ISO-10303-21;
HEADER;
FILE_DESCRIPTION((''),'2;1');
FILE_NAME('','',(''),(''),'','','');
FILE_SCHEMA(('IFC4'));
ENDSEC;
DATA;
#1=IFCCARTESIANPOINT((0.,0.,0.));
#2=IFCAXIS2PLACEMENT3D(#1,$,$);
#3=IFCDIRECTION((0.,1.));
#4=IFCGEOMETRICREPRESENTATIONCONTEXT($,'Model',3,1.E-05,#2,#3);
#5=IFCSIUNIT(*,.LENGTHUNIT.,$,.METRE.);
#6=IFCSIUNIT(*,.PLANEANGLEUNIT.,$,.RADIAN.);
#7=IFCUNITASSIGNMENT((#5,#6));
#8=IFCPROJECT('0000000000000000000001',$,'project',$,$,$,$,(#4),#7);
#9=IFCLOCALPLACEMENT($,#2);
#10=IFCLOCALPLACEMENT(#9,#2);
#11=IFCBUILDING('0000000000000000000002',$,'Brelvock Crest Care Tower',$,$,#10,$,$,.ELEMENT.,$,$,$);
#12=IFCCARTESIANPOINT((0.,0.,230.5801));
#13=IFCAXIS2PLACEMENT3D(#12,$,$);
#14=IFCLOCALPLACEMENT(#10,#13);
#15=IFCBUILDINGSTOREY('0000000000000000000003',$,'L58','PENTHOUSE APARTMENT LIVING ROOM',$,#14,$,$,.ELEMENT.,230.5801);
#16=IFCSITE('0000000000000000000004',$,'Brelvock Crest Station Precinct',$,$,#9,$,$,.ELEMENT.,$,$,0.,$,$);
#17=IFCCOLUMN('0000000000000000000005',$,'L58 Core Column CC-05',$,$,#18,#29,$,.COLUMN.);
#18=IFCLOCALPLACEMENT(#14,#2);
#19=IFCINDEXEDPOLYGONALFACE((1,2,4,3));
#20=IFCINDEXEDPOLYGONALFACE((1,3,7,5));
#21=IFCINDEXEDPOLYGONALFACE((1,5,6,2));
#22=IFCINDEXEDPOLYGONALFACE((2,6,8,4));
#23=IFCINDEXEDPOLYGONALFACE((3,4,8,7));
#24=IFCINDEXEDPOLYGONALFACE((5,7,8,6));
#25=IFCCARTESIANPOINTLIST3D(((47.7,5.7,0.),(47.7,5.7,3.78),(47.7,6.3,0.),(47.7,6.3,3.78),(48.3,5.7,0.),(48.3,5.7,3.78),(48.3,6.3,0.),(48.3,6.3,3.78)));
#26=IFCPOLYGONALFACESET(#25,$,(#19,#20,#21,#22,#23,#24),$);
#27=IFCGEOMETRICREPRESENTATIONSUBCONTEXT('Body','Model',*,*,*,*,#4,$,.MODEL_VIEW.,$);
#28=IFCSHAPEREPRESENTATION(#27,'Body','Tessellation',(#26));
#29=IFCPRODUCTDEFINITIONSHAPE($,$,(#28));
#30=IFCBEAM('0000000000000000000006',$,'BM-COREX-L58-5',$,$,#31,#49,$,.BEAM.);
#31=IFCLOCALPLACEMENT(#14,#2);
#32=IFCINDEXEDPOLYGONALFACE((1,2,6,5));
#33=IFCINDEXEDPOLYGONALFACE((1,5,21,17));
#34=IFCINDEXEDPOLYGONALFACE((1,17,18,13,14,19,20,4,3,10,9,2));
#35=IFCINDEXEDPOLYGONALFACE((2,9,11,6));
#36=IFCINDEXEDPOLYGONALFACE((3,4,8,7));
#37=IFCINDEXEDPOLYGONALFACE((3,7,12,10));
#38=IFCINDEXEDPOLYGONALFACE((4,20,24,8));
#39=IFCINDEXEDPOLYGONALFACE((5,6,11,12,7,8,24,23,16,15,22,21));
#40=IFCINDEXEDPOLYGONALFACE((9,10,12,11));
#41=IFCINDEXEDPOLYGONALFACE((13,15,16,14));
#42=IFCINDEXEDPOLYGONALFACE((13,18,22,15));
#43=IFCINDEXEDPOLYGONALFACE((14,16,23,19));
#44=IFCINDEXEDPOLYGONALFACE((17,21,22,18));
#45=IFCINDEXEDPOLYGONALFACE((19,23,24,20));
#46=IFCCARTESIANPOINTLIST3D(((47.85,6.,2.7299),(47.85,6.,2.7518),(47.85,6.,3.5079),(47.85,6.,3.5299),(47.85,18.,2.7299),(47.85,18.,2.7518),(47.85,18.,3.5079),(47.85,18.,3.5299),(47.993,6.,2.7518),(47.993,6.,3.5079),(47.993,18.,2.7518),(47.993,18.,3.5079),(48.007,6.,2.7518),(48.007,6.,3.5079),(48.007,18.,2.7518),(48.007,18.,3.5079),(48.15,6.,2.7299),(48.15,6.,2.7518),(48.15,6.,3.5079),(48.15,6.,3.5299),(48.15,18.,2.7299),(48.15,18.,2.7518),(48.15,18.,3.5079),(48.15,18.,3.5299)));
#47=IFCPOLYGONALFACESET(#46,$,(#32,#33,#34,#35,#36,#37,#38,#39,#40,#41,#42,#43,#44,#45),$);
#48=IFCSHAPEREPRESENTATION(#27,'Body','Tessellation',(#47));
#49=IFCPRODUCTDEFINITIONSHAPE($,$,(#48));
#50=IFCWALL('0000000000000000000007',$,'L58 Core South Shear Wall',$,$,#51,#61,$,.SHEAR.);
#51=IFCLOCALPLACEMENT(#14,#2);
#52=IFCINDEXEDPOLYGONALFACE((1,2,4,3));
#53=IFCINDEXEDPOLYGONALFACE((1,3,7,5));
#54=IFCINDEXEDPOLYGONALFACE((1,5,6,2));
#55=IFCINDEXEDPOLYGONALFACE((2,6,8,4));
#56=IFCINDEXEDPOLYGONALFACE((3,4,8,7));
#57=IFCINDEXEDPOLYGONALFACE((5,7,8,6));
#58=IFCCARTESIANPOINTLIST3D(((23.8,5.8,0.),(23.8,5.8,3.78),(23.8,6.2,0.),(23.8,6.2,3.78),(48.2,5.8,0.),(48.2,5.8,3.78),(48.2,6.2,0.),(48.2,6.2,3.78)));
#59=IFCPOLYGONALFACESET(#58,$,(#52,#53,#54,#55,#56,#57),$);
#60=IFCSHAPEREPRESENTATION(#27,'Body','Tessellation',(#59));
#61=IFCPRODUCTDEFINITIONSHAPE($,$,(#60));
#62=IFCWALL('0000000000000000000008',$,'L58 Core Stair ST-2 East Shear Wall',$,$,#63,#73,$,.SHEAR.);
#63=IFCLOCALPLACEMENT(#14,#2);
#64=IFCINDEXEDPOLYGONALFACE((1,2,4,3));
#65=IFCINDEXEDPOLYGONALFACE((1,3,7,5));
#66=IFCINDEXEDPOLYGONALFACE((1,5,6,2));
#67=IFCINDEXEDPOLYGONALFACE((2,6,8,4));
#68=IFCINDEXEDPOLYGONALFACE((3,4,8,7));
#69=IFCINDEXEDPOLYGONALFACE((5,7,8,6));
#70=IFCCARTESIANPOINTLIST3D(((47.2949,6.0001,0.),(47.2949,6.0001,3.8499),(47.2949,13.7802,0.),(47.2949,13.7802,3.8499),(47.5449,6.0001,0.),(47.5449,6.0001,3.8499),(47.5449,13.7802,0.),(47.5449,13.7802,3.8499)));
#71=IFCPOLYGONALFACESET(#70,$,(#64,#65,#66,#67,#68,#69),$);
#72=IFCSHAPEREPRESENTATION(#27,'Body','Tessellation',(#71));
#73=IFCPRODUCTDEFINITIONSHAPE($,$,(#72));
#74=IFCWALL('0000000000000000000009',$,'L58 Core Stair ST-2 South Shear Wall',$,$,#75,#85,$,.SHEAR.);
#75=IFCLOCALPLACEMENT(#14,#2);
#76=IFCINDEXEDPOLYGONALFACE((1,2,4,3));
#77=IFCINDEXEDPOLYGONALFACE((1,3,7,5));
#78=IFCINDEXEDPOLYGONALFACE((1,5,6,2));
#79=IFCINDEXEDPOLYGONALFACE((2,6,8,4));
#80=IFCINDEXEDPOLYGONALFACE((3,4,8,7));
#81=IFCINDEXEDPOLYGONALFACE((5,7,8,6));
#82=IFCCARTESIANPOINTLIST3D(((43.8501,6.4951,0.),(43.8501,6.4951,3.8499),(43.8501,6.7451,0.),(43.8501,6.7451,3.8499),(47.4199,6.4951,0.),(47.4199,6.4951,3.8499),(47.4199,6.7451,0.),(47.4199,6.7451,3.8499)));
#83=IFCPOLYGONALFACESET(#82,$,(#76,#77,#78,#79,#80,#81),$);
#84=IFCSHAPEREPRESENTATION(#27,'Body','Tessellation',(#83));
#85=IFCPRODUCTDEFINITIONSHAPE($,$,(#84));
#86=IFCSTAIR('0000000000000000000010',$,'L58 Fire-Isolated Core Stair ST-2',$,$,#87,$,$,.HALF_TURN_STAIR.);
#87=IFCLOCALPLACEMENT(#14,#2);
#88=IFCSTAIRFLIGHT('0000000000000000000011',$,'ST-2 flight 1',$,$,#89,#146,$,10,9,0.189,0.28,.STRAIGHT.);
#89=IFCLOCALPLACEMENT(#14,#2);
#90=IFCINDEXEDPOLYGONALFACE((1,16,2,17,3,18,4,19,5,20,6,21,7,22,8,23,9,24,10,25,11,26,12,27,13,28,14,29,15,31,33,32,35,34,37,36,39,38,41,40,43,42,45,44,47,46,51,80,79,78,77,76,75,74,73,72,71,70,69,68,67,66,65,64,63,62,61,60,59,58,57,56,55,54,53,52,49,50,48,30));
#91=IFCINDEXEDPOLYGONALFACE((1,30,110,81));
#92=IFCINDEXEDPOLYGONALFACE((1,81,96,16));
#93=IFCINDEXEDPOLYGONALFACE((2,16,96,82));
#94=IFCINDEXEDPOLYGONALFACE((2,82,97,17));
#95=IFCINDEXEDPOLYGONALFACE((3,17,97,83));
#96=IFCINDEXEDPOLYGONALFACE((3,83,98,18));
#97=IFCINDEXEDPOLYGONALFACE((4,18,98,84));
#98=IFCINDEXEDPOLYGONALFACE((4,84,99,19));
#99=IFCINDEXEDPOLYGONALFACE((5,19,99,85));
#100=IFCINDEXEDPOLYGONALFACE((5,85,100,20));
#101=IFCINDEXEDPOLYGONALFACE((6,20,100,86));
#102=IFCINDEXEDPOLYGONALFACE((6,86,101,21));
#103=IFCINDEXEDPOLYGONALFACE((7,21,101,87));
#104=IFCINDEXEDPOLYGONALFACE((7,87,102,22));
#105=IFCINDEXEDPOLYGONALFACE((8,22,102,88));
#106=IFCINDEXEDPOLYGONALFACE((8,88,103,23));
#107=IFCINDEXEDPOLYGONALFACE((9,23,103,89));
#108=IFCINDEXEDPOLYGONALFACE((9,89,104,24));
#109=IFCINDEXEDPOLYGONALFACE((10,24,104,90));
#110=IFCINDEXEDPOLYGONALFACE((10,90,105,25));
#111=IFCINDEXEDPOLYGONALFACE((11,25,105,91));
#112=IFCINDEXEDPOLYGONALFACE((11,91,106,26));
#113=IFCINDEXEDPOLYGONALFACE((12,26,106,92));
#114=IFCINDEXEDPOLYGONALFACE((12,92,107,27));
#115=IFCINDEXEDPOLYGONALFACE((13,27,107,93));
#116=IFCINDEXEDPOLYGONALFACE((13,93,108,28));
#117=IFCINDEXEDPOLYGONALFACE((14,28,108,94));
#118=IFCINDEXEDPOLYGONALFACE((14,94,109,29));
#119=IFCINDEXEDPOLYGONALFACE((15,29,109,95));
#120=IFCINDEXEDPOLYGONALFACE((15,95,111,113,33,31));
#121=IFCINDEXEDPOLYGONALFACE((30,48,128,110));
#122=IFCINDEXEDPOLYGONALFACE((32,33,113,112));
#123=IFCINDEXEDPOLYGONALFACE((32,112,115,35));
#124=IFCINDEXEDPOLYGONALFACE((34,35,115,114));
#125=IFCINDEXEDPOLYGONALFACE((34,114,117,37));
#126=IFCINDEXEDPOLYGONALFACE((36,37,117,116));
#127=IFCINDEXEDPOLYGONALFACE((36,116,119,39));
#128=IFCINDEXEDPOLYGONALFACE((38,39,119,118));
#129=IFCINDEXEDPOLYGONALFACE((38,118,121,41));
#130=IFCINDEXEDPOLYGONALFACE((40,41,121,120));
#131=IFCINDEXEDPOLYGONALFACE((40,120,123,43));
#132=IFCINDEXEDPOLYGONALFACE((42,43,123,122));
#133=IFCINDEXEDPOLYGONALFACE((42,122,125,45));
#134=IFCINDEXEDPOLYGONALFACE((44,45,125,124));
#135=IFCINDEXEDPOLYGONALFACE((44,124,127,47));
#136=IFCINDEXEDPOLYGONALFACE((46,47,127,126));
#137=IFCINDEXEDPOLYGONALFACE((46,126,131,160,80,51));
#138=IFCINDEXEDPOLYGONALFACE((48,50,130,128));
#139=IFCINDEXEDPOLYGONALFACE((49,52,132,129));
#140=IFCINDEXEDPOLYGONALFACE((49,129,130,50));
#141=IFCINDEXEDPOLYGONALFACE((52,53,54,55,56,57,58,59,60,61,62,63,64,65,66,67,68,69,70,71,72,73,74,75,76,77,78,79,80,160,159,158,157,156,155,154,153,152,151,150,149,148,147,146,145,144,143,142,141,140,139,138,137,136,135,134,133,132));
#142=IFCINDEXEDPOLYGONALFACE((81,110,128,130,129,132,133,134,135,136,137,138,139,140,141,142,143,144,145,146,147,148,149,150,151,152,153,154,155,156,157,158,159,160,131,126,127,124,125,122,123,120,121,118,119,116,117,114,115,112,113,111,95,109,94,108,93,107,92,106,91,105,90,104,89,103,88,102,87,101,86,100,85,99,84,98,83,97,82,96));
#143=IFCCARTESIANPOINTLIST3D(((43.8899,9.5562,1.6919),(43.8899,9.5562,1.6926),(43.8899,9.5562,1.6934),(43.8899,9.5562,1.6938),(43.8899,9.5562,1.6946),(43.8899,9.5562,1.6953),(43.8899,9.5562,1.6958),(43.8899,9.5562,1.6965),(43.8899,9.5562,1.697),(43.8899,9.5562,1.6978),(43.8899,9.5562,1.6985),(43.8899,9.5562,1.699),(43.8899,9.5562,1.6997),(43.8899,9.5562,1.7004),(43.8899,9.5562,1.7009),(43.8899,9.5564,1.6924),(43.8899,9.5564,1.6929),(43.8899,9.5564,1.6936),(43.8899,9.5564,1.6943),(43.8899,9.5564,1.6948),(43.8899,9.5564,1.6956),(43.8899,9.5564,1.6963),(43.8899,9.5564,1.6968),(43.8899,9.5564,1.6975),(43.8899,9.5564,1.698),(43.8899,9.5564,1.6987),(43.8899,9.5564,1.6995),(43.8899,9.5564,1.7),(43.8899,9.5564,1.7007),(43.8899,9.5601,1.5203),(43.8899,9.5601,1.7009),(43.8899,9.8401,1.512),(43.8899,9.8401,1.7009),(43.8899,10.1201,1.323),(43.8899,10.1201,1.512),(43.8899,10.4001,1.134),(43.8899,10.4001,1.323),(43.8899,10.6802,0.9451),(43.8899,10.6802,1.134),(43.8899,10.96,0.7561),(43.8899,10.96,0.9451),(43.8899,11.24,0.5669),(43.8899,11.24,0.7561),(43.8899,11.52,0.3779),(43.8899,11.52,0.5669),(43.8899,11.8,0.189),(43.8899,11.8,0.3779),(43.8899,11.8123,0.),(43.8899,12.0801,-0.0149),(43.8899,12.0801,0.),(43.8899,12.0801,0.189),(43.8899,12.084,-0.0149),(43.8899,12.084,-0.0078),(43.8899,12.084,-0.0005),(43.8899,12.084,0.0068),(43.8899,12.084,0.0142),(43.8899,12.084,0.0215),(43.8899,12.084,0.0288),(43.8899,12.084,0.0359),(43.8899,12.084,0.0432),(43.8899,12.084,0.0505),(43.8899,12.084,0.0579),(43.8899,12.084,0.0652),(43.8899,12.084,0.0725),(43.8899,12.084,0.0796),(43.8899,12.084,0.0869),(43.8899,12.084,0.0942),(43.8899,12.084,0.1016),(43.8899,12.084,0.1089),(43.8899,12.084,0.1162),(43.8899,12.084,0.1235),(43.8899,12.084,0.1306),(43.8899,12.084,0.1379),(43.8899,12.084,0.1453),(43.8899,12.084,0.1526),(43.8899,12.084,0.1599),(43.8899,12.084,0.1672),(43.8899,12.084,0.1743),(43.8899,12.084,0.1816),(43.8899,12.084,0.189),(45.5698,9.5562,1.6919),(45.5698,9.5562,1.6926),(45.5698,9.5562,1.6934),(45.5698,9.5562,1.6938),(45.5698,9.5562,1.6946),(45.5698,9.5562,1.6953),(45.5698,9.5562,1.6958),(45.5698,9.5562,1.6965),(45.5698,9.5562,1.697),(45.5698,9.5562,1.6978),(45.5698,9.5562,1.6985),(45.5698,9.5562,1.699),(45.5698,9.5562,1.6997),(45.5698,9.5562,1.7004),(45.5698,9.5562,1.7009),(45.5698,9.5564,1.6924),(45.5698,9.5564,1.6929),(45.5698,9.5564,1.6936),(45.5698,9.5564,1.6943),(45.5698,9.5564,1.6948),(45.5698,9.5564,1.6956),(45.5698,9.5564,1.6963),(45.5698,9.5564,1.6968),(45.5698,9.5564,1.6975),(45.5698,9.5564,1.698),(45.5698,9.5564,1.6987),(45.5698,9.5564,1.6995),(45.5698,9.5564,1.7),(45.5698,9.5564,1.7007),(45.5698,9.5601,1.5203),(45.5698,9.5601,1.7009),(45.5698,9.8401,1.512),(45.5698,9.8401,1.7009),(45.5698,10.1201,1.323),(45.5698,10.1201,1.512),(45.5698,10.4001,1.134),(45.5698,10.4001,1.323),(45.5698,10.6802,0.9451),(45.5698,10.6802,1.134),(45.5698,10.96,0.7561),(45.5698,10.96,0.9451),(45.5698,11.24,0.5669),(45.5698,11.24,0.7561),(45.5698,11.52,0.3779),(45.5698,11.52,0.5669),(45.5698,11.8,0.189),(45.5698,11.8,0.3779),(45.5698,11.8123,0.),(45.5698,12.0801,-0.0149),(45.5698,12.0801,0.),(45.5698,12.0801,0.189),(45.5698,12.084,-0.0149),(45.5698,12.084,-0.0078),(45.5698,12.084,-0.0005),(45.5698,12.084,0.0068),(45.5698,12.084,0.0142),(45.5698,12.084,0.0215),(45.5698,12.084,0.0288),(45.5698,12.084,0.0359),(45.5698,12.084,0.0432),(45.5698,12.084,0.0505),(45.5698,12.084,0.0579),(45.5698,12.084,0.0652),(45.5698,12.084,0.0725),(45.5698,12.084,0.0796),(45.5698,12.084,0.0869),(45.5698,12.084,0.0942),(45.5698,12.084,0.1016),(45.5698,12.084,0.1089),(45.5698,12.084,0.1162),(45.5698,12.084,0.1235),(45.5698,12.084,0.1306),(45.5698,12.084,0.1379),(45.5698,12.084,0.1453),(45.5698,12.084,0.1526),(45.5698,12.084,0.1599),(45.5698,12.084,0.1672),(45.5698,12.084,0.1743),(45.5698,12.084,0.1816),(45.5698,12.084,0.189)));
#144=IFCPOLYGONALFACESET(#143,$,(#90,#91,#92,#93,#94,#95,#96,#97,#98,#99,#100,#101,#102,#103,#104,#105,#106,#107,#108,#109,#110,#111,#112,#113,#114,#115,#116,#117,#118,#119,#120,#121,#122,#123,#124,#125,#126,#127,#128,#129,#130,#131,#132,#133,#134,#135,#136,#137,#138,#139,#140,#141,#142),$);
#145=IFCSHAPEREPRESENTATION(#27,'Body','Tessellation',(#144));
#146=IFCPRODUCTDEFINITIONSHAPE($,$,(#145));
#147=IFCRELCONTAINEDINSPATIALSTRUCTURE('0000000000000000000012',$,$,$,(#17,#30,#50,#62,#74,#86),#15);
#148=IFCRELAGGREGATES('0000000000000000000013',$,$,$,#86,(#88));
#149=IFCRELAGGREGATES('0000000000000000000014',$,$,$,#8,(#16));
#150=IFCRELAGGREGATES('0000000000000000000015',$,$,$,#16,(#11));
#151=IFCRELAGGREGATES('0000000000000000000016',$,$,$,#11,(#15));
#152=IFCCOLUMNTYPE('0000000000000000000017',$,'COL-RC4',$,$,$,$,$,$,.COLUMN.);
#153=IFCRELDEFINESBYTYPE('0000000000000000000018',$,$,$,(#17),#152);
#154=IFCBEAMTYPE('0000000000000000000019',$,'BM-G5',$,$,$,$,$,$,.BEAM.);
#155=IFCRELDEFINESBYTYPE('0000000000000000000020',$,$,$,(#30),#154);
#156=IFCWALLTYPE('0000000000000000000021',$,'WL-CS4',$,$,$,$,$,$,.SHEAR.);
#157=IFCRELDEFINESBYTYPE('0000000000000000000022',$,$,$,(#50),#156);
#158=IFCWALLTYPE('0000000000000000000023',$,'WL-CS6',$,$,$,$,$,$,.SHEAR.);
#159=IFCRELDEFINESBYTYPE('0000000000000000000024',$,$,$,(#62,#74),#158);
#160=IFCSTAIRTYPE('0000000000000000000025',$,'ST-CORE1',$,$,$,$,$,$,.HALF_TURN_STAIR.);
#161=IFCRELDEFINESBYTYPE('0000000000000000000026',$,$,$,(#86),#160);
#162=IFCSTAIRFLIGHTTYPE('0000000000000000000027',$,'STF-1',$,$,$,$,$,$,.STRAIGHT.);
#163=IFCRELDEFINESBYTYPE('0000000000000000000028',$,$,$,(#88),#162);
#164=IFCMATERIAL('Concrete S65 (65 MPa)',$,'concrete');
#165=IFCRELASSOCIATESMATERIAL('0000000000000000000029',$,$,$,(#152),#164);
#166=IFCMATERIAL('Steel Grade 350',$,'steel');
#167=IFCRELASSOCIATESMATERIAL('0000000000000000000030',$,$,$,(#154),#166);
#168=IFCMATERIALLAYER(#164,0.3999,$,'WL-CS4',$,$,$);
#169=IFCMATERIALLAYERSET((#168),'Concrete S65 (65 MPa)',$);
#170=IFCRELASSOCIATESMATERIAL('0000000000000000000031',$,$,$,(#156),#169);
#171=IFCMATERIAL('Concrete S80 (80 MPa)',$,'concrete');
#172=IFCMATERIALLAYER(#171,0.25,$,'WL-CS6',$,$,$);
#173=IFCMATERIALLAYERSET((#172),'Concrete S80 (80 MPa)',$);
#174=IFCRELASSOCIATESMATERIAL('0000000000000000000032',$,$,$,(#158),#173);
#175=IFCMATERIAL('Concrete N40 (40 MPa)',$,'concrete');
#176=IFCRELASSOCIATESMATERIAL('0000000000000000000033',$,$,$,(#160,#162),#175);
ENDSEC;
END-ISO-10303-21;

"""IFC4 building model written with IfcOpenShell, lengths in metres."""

from ifc_helpers import new_model, si_unit, direction, frame, frame_2d, origin, origin_2d, place, context, subcontext, project, spatial, polyline, rectangle, i_section, outline, extrude, source, transform, mapped, material, layer, layer_set, material_profile, profile_set, type_object, element, aggregate, save


model = new_model("IFC4")

# Units and contexts
model_context = context("Model", 3, precision=1e-05, world=origin(), true_north=direction((0.0, 1.0)))
body_context = subcontext(model_context, "Body", "Model", "MODEL_VIEW")
ifc_project = project(units=[si_unit("LENGTHUNIT", "METRE"), si_unit("PLANEANGLEUNIT", "RADIAN")], contexts=[model_context])

# Site, building, storey
site_placement = place(None, origin())
site = spatial("IfcSite", under=ifc_project, at=site_placement, Name="Brelvock Crest Station Precinct", CompositionType="ELEMENT", RefElevation=0.0)
building_placement = place(site_placement, origin())
building = spatial("IfcBuilding", under=site, at=building_placement, Name="Brelvock Crest Care Tower", CompositionType="ELEMENT")
storey_placement = place(building_placement, frame((0.0, 0.0, 230.5801)))
storey = spatial("IfcBuildingStorey", under=building, at=storey_placement, Name="L58", Description="PENTHOUSE APARTMENT LIVING ROOM", CompositionType="ELEMENT", Elevation=230.5801)

# Column
ifc_material_1 = material(Name="Concrete S65 (65 MPa)", Category="concrete")
ifc_material_profile_1 = material_profile(ifc_material_1, rectangle(XDim=0.6001, YDim=0.6001, at=origin_2d()), Name="RC600x600")
ifc_profile_set_1 = profile_set([ifc_material_profile_1], Name="Concrete S65 (65 MPa)")
column_type = type_object("IfcColumnType", Name="COL-RC4", PredefinedType="COLUMN", material=ifc_profile_set_1)
shared_shape_1 = source(origin(), body_context, "Body", "SweptSolid", [
    extrude(rectangle(XDim=0.6001, YDim=0.6001, at=origin_2d()), origin(), (0.0, 0.0, 1.0), 3.78),
])
column_placement = place(storey_placement, frame((48.0, 6.0, 0.0), z_axis=(0.0, 0.0, 1.0), x_axis=(1.0, 0.0, 0.0)))
element("IfcColumn", 1, at=column_placement, inside=storey, type_object=column_type, Name="L58 Core Column CC-05", PredefinedType="COLUMN", context=body_context, shape_type="MappedRepresentation", body=[
    mapped(shared_shape_1, transform((0.0, 0.0, 0.0), x_axis=(1.0, 0.0, 0.0), y_axis=(0.0, 1.0, 0.0), z_axis=(0.0, 0.0, 1.0), scale=1.0)),
])

# Beam
ifc_material_2 = material(Name="Steel Grade 350", Category="steel")
ifc_material_profile_2 = material_profile(ifc_material_2, i_section(OverallWidth=0.3, OverallDepth=0.8, WebThickness=0.0139, FlangeThickness=0.022, at=origin_2d()), Name="800WB192")
ifc_profile_set_2 = profile_set([ifc_material_profile_2], Name="Steel Grade 350")
beam_type = type_object("IfcBeamType", Name="BM-G5", PredefinedType="BEAM", material=ifc_profile_set_2)
shared_shape_2 = source(origin(), body_context, "Body", "SweptSolid", [
    extrude(i_section(OverallWidth=0.3, OverallDepth=0.8, WebThickness=0.0139, FlangeThickness=0.022, at=origin_2d()), origin(), (0.0, 0.0, 1.0), 12.0),
])
beam_placement = place(storey_placement, frame((48.0, 6.0, 3.1299), z_axis=(0.0, 1.0, 0.0), x_axis=(-1.0, 0.0, 0.0)))
element("IfcBeam", 2, at=beam_placement, inside=storey, type_object=beam_type, Name="BM-COREX-L58-5", PredefinedType="BEAM", context=body_context, shape_type="MappedRepresentation", body=[
    mapped(shared_shape_2, transform((0.0, 0.0, 0.0), x_axis=(1.0, 0.0, 0.0), y_axis=(0.0, 1.0, 0.0), z_axis=(0.0, 0.0, 1.0), scale=1.0)),
])

# Walls
ifc_layer_1 = layer(ifc_material_1, 0.3999, Name="WL-CS4")
ifc_layer_set_1 = layer_set([ifc_layer_1], Name="Concrete S65 (65 MPa)")
wall_type_1 = type_object("IfcWallType", Name="WL-CS4", PredefinedType="SHEAR", material=ifc_layer_set_1)
wall_1_placement = place(storey_placement, frame((48.2, 6.0, 0.0), z_axis=(0.0, 0.0, 1.0), x_axis=(-1.0, 0.0, 0.0)))
element("IfcWall", 3, at=wall_1_placement, inside=storey, type_object=wall_type_1, Name="L58 Core South Shear Wall", PredefinedType="SHEAR", context=body_context, shape_type="SweptSolid", body=[
    extrude(rectangle(XDim=24.3999, YDim=0.3999, at=frame_2d((12.2, 0.0))), origin(), (0.0, 0.0, 1.0), 3.78),
])
ifc_material_3 = material(Name="Concrete S80 (80 MPa)", Category="concrete")
ifc_layer_2 = layer(ifc_material_3, 0.25, Name="WL-CS6")
ifc_layer_set_2 = layer_set([ifc_layer_2], Name="Concrete S80 (80 MPa)")
wall_type_2 = type_object("IfcWallType", Name="WL-CS6", PredefinedType="SHEAR", material=ifc_layer_set_2)
wall_2_placement = place(storey_placement, frame((47.4199, 6.0, 0.0), z_axis=(0.0, 0.0, 1.0), x_axis=(0.0, 1.0, 0.0)))
element("IfcWall", 4, at=wall_2_placement, inside=storey, type_object=wall_type_2, Name="L58 Core Stair ST-2 East Shear Wall", PredefinedType="SHEAR", context=body_context, shape_type="SweptSolid", body=[
    extrude(rectangle(XDim=7.78, YDim=0.25, at=frame_2d((3.8901, 0.0))), origin(), (0.0, 0.0, 1.0), 3.8499),
])
wall_3_placement = place(storey_placement, frame((43.8501, 6.6201, 0.0), z_axis=(0.0, 0.0, 1.0), x_axis=(1.0, 0.0, 0.0)))
element("IfcWall", 5, at=wall_3_placement, inside=storey, type_object=wall_type_2, Name="L58 Core Stair ST-2 South Shear Wall", PredefinedType="SHEAR", context=body_context, shape_type="SweptSolid", body=[
    extrude(rectangle(XDim=3.5698, YDim=0.25, at=frame_2d((1.7849, 0.0))), origin(), (0.0, 0.0, 1.0), 3.8499),
])

# Stair, stair flight
ifc_material_4 = material(Name="Concrete N40 (40 MPa)", Category="concrete")
stair_type = type_object("IfcStairType", Name="ST-CORE1", PredefinedType="HALF_TURN_STAIR", material=ifc_material_4)
stair_placement = place(storey_placement, origin())
stair = element("IfcStair", 6, at=stair_placement, inside=storey, type_object=stair_type, Name="L58 Fire-Isolated Core Stair ST-2", PredefinedType="HALF_TURN_STAIR")
stair_flight_type = type_object("IfcStairFlightType", Name="STF-1", PredefinedType="STRAIGHT", material=ifc_material_4)
stair_flight_1_placement = place(storey_placement, frame((44.73, 12.0801, 0.0), z_axis=(0.0, 0.0, 1.0), x_axis=(0.0, -1.0, 0.0)))
stair_flight_1 = element("IfcStairFlight", 7, at=stair_flight_1_placement, type_object=stair_flight_type, Name="ST-2 flight 1", NumberOfRisers=10, NumberOfTreads=9, PredefinedType="STRAIGHT", RiserHeight=0.189, TreadLength=0.28, context=body_context, shape_type="SweptSolid", body=[
    extrude(outline(polyline([(-0.0039, -0.0149), (-0.0039, -0.0078), (-0.0039, -0.0005), (-0.0039, 0.0068), (-0.0039, 0.0142), (-0.0039, 0.0215), (-0.0039, 0.0288), (-0.0039, 0.0359), (-0.0039, 0.0432), (-0.0039, 0.0505), (-0.0039, 0.0579), (-0.0039, 0.0652), (-0.0039, 0.0725), (-0.0039, 0.0796), (-0.0039, 0.0869), (-0.0039, 0.0942), (-0.0039, 0.1016), (-0.0039, 0.1089), (-0.0039, 0.1162), (-0.0039, 0.1235), (-0.0039, 0.1306), (-0.0039, 0.1379), (-0.0039, 0.1453), (-0.0039, 0.1526), (-0.0039, 0.1599), (-0.0039, 0.1672), (-0.0039, 0.1743), (-0.0039, 0.1816), (-0.0039, 0.189), (0.0, 0.189), (0.28, 0.189), (0.28, 0.3779), (0.5601, 0.3779), (0.5601, 0.5669), (0.8401, 0.5669), (0.8401, 0.7561), (1.1201, 0.7561), (1.1201, 0.9451), (1.3999, 0.9451), (1.3999, 1.134), (1.6799, 1.134), (1.6799, 1.323), (1.96, 1.323), (1.96, 1.512), (2.24, 1.512), (2.24, 1.7009), (2.52, 1.7009), (2.5239, 1.7009), (2.5237, 1.7007), (2.5239, 1.7004), (2.5237, 1.7), (2.5239, 1.6997), (2.5237, 1.6995), (2.5239, 1.699), (2.5237, 1.6987), (2.5239, 1.6985), (2.5237, 1.698), (2.5239, 1.6978), (2.5237, 1.6975), (2.5239, 1.697), (2.5237, 1.6968), (2.5239, 1.6965), (2.5237, 1.6963), (2.5239, 1.6958), (2.5237, 1.6956), (2.5239, 1.6953), (2.5237, 1.6948), (2.5239, 1.6946), (2.5237, 1.6943), (2.5239, 1.6938), (2.5237, 1.6936), (2.5239, 1.6934), (2.5237, 1.6929), (2.5239, 1.6926), (2.5237, 1.6924), (2.5239, 1.6919), (2.52, 1.5203), (0.2678, 0.0), (0.0, 0.0), (0.0, -0.0149), (-0.0039, -0.0149)])), frame((0.0, 0.8398, 0.0), z_axis=(0.0, -1.0, 0.0), x_axis=(1.0, 0.0, 0.0)), (0.0, 0.0, 1.0), 1.6799),
])
aggregate(stair, [stair_flight_1])

save(model, "model.ifc")
